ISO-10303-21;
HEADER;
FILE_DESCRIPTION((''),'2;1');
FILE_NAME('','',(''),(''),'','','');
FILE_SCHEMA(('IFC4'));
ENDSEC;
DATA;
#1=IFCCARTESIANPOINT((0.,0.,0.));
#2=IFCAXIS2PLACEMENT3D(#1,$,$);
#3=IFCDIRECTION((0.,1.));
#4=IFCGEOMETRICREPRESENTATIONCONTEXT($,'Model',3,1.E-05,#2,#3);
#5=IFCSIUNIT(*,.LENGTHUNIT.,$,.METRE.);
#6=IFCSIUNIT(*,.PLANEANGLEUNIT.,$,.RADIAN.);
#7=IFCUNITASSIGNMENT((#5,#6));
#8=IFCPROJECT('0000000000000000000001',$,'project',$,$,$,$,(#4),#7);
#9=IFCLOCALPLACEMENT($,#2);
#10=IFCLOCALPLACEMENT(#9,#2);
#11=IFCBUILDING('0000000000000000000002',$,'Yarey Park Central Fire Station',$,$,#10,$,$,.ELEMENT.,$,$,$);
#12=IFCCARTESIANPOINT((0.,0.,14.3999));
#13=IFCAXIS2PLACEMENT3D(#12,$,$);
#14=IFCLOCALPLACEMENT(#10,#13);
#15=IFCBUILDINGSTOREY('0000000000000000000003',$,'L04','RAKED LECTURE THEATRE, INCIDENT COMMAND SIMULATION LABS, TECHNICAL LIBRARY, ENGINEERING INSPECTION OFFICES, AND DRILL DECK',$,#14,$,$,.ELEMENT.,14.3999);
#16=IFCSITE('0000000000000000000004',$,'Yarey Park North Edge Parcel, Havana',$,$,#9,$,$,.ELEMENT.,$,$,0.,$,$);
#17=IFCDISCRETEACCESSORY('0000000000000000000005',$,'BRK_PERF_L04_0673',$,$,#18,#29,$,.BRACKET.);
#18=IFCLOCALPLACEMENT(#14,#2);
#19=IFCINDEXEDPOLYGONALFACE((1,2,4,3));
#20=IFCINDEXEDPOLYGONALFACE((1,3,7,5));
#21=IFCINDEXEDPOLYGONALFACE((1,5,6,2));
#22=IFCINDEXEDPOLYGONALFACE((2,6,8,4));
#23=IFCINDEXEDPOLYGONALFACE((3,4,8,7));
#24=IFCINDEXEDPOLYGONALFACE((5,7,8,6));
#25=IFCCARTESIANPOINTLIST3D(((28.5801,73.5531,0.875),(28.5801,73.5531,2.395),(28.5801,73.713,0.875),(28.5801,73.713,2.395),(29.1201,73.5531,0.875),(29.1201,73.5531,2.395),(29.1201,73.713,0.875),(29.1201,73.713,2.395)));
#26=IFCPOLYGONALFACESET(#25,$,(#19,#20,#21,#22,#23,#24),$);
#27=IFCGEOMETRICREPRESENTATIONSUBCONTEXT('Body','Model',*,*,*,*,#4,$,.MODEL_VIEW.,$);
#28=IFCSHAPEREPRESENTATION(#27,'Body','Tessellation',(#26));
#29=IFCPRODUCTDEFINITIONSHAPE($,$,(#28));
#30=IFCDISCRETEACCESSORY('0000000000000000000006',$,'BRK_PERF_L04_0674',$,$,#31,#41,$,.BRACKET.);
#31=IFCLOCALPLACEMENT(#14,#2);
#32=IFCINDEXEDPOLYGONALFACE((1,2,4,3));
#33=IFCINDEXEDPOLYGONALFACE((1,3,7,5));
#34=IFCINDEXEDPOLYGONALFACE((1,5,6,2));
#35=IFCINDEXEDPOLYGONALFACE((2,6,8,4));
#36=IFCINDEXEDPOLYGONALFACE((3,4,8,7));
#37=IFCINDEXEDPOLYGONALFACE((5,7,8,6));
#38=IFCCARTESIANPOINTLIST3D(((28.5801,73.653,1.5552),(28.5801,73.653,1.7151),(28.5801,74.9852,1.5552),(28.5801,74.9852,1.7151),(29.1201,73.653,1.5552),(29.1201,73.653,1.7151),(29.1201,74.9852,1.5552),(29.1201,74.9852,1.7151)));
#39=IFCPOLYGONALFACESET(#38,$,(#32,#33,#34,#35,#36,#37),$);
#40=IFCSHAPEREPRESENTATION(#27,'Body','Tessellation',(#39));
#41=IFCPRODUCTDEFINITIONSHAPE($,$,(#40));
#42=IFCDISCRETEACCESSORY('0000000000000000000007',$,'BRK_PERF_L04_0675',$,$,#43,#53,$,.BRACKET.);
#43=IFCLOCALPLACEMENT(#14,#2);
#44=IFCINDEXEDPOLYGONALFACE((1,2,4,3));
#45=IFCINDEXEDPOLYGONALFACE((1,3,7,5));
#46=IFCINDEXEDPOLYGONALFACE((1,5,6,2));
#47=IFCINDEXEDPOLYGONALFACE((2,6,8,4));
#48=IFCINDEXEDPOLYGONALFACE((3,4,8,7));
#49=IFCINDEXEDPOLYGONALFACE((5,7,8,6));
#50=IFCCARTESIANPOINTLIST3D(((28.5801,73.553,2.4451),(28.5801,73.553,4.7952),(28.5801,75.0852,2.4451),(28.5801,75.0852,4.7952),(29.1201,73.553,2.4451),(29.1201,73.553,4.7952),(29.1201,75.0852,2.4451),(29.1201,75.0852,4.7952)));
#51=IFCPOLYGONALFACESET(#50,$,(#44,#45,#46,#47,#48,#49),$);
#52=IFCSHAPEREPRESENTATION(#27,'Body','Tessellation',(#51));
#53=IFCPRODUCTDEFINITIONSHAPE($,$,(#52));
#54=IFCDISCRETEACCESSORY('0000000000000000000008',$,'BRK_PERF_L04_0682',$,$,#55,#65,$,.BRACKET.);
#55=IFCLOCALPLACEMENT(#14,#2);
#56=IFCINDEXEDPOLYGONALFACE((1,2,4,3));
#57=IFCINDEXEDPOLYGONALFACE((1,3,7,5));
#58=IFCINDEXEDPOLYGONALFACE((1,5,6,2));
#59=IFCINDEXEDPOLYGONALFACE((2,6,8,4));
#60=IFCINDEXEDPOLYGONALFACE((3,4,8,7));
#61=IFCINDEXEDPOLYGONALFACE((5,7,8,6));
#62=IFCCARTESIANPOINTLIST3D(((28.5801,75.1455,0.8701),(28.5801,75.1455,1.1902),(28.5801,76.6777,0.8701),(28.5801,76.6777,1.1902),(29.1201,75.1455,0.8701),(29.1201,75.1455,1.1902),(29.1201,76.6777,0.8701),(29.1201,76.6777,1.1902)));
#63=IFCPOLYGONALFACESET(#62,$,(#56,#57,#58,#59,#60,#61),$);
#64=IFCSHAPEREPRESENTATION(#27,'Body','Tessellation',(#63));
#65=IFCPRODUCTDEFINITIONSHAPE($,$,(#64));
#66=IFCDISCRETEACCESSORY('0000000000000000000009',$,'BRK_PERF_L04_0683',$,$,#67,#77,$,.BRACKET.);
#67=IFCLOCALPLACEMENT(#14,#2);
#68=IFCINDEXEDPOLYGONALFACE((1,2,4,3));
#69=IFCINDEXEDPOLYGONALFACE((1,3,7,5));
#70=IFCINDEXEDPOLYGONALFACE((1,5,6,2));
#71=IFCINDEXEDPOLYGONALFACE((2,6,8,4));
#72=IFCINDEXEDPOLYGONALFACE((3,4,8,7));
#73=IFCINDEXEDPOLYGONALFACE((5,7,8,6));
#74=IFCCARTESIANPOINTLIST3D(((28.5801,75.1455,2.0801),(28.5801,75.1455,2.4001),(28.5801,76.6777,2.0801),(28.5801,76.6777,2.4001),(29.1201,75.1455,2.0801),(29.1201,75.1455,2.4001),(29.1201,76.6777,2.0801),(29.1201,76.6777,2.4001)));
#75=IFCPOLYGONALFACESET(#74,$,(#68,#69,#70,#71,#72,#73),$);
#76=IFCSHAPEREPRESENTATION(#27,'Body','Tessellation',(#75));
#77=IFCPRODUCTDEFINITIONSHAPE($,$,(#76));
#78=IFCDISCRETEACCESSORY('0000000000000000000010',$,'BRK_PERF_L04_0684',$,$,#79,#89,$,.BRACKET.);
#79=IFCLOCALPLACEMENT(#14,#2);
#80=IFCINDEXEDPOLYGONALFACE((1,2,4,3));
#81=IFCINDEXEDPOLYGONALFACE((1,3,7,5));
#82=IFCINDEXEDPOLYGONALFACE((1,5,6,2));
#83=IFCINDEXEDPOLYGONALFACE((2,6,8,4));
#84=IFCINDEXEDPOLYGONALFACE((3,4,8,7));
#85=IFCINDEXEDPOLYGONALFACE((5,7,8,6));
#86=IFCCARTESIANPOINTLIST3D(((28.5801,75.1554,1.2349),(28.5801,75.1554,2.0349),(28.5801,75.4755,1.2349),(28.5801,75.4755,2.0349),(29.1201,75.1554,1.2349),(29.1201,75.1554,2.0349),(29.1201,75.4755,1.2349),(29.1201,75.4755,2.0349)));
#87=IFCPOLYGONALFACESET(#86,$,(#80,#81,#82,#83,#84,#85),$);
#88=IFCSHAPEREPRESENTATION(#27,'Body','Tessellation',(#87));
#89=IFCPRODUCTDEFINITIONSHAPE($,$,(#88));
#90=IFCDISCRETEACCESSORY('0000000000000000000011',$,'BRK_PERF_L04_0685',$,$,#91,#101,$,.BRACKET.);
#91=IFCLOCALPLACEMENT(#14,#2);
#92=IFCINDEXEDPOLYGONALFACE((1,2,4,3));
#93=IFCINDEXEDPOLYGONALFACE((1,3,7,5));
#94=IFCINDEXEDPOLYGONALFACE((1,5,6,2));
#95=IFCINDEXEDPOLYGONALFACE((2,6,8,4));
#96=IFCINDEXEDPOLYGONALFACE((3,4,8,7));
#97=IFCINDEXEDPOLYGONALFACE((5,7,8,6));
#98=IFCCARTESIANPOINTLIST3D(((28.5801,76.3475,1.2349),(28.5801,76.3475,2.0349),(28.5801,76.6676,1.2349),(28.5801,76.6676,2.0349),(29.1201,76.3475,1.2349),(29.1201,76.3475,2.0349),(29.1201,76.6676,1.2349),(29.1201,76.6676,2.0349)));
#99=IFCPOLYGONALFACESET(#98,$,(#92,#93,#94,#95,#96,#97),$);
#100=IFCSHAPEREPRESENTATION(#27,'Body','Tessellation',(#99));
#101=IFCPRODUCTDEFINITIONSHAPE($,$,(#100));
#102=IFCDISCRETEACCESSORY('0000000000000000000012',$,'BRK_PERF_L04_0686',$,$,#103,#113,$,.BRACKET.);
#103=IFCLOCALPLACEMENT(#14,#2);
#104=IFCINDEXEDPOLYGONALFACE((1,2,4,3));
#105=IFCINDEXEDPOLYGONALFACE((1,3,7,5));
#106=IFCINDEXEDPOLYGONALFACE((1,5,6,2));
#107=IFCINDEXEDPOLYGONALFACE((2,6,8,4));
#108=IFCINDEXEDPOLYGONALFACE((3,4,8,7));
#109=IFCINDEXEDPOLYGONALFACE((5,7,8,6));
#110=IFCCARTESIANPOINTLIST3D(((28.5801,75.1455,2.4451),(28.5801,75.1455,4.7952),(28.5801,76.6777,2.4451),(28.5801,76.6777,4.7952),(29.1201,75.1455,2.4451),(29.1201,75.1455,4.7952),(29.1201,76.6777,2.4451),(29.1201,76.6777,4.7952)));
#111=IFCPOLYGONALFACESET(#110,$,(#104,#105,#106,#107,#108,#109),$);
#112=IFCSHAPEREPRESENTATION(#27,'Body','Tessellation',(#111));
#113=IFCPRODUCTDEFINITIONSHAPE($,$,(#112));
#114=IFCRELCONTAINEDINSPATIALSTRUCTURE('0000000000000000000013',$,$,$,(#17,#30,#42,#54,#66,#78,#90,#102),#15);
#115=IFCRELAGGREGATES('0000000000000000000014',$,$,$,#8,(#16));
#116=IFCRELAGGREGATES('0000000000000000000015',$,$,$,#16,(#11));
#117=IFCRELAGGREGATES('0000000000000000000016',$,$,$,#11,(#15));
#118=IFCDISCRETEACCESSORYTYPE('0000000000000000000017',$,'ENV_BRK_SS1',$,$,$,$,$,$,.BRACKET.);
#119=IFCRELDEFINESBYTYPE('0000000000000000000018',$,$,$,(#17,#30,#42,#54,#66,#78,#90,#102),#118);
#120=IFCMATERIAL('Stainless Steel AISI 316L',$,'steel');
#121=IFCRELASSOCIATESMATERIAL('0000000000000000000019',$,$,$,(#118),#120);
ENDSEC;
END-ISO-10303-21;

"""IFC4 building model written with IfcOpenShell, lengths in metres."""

from ifc_helpers import new_model, si_unit, direction, frame, origin, origin_2d, place, context, subcontext, project, spatial, rectangle, extrude, material, type_object, element, save


model = new_model("IFC4")

# Units and contexts
model_context = context("Model", 3, precision=1e-05, world=origin(), true_north=direction((0.0, 1.0)))
body_context = subcontext(model_context, "Body", "Model", "MODEL_VIEW")
ifc_project = project(units=[si_unit("LENGTHUNIT", "METRE"), si_unit("PLANEANGLEUNIT", "RADIAN")], contexts=[model_context])

# Site, building, storey
site_placement = place(None, origin())
site = spatial("IfcSite", under=ifc_project, at=site_placement, Name="Yarey Park North Edge Parcel, Havana", CompositionType="ELEMENT", RefElevation=0.0)
building_placement = place(site_placement, origin())
building = spatial("IfcBuilding", under=site, at=building_placement, Name="Yarey Park Central Fire Station", CompositionType="ELEMENT")
storey_placement = place(building_placement, frame((0.0, 0.0, 14.3999)))
storey = spatial("IfcBuildingStorey", under=building, at=storey_placement, Name="L04", Description="RAKED LECTURE THEATRE, INCIDENT COMMAND SIMULATION LABS, TECHNICAL LIBRARY, ENGINEERING INSPECTION OFFICES, AND DRILL DECK", CompositionType="ELEMENT", Elevation=14.3999)

# Discrete accessories
ifc_material_1 = material(Name="Stainless Steel AISI 316L", Category="steel")
discrete_accessory_type = type_object("IfcDiscreteAccessoryType", Name="ENV_BRK_SS1", PredefinedType="BRACKET", material=ifc_material_1)
discrete_accessory_1_placement = place(storey_placement, frame((28.8501, 73.6331, 0.875), z_axis=(0.0, 0.0, 1.0), x_axis=(1.0, 0.0, 0.0)))
element("IfcDiscreteAccessory", 1, at=discrete_accessory_1_placement, inside=storey, type_object=discrete_accessory_type, Name="BRK_PERF_L04_0673", PredefinedType="BRACKET", context=body_context, shape_type="SweptSolid", body=[
    extrude(rectangle(XDim=0.54, YDim=0.1599, at=origin_2d()), origin(), (0.0, 0.0, 1.0), 1.52),
])
discrete_accessory_2_placement = place(storey_placement, frame((28.8501, 74.3191, 1.5552), z_axis=(0.0, 0.0, 1.0), x_axis=(1.0, 0.0, 0.0)))
element("IfcDiscreteAccessory", 2, at=discrete_accessory_2_placement, inside=storey, type_object=discrete_accessory_type, Name="BRK_PERF_L04_0674", PredefinedType="BRACKET", context=body_context, shape_type="SweptSolid", body=[
    extrude(rectangle(XDim=0.54, YDim=1.3323, at=origin_2d()), origin(), (0.0, 0.0, 1.0), 0.1599),
])
discrete_accessory_3_placement = place(storey_placement, frame((28.8501, 74.3191, 2.4451), z_axis=(0.0, 0.0, 1.0), x_axis=(1.0, 0.0, 0.0)))
element("IfcDiscreteAccessory", 3, at=discrete_accessory_3_placement, inside=storey, type_object=discrete_accessory_type, Name="BRK_PERF_L04_0675", PredefinedType="BRACKET", context=body_context, shape_type="SweptSolid", body=[
    extrude(rectangle(XDim=0.54, YDim=1.5322, at=origin_2d()), origin(), (0.0, 0.0, 1.0), 2.3501),
])
for number, where, z_axis, x_axis, name in (
    (4, (28.8501, 75.9116, 0.8701), (0.0, 0.0, 1.0), (1.0, 0.0, 0.0), "BRK_PERF_L04_0682"),
    (5, (28.8501, 75.9116, 2.0801), (0.0, 0.0, 1.0), (1.0, 0.0, 0.0), "BRK_PERF_L04_0683"),
):
    element("IfcDiscreteAccessory", number, at=place(storey_placement, frame(where, z_axis=z_axis, x_axis=x_axis)), inside=storey, type_object=discrete_accessory_type, Name=name, PredefinedType="BRACKET", context=body_context, shape_type="SweptSolid", body=[
        extrude(rectangle(XDim=0.54, YDim=1.5322, at=origin_2d()), origin(), (0.0, 0.0, 1.0), 0.3201),
    ])
for number, where, z_axis, x_axis, name in (
    (6, (28.8501, 75.3154, 1.2349), (0.0, 0.0, 1.0), (1.0, 0.0, 0.0), "BRK_PERF_L04_0684"),
    (7, (28.8501, 76.5076, 1.2349), (0.0, 0.0, 1.0), (1.0, 0.0, 0.0), "BRK_PERF_L04_0685"),
):
    element("IfcDiscreteAccessory", number, at=place(storey_placement, frame(where, z_axis=z_axis, x_axis=x_axis)), inside=storey, type_object=discrete_accessory_type, Name=name, PredefinedType="BRACKET", context=body_context, shape_type="SweptSolid", body=[
        extrude(rectangle(XDim=0.54, YDim=0.3201, at=origin_2d()), origin(), (0.0, 0.0, 1.0), 0.8),
    ])
discrete_accessory_4_placement = place(storey_placement, frame((28.8501, 75.9116, 2.4451), z_axis=(0.0, 0.0, 1.0), x_axis=(1.0, 0.0, 0.0)))
element("IfcDiscreteAccessory", 8, at=discrete_accessory_4_placement, inside=storey, type_object=discrete_accessory_type, Name="BRK_PERF_L04_0686", PredefinedType="BRACKET", context=body_context, shape_type="SweptSolid", body=[
    extrude(rectangle(XDim=0.54, YDim=1.5322, at=origin_2d()), origin(), (0.0, 0.0, 1.0), 2.3501),
])

save(model, "model.ifc")
